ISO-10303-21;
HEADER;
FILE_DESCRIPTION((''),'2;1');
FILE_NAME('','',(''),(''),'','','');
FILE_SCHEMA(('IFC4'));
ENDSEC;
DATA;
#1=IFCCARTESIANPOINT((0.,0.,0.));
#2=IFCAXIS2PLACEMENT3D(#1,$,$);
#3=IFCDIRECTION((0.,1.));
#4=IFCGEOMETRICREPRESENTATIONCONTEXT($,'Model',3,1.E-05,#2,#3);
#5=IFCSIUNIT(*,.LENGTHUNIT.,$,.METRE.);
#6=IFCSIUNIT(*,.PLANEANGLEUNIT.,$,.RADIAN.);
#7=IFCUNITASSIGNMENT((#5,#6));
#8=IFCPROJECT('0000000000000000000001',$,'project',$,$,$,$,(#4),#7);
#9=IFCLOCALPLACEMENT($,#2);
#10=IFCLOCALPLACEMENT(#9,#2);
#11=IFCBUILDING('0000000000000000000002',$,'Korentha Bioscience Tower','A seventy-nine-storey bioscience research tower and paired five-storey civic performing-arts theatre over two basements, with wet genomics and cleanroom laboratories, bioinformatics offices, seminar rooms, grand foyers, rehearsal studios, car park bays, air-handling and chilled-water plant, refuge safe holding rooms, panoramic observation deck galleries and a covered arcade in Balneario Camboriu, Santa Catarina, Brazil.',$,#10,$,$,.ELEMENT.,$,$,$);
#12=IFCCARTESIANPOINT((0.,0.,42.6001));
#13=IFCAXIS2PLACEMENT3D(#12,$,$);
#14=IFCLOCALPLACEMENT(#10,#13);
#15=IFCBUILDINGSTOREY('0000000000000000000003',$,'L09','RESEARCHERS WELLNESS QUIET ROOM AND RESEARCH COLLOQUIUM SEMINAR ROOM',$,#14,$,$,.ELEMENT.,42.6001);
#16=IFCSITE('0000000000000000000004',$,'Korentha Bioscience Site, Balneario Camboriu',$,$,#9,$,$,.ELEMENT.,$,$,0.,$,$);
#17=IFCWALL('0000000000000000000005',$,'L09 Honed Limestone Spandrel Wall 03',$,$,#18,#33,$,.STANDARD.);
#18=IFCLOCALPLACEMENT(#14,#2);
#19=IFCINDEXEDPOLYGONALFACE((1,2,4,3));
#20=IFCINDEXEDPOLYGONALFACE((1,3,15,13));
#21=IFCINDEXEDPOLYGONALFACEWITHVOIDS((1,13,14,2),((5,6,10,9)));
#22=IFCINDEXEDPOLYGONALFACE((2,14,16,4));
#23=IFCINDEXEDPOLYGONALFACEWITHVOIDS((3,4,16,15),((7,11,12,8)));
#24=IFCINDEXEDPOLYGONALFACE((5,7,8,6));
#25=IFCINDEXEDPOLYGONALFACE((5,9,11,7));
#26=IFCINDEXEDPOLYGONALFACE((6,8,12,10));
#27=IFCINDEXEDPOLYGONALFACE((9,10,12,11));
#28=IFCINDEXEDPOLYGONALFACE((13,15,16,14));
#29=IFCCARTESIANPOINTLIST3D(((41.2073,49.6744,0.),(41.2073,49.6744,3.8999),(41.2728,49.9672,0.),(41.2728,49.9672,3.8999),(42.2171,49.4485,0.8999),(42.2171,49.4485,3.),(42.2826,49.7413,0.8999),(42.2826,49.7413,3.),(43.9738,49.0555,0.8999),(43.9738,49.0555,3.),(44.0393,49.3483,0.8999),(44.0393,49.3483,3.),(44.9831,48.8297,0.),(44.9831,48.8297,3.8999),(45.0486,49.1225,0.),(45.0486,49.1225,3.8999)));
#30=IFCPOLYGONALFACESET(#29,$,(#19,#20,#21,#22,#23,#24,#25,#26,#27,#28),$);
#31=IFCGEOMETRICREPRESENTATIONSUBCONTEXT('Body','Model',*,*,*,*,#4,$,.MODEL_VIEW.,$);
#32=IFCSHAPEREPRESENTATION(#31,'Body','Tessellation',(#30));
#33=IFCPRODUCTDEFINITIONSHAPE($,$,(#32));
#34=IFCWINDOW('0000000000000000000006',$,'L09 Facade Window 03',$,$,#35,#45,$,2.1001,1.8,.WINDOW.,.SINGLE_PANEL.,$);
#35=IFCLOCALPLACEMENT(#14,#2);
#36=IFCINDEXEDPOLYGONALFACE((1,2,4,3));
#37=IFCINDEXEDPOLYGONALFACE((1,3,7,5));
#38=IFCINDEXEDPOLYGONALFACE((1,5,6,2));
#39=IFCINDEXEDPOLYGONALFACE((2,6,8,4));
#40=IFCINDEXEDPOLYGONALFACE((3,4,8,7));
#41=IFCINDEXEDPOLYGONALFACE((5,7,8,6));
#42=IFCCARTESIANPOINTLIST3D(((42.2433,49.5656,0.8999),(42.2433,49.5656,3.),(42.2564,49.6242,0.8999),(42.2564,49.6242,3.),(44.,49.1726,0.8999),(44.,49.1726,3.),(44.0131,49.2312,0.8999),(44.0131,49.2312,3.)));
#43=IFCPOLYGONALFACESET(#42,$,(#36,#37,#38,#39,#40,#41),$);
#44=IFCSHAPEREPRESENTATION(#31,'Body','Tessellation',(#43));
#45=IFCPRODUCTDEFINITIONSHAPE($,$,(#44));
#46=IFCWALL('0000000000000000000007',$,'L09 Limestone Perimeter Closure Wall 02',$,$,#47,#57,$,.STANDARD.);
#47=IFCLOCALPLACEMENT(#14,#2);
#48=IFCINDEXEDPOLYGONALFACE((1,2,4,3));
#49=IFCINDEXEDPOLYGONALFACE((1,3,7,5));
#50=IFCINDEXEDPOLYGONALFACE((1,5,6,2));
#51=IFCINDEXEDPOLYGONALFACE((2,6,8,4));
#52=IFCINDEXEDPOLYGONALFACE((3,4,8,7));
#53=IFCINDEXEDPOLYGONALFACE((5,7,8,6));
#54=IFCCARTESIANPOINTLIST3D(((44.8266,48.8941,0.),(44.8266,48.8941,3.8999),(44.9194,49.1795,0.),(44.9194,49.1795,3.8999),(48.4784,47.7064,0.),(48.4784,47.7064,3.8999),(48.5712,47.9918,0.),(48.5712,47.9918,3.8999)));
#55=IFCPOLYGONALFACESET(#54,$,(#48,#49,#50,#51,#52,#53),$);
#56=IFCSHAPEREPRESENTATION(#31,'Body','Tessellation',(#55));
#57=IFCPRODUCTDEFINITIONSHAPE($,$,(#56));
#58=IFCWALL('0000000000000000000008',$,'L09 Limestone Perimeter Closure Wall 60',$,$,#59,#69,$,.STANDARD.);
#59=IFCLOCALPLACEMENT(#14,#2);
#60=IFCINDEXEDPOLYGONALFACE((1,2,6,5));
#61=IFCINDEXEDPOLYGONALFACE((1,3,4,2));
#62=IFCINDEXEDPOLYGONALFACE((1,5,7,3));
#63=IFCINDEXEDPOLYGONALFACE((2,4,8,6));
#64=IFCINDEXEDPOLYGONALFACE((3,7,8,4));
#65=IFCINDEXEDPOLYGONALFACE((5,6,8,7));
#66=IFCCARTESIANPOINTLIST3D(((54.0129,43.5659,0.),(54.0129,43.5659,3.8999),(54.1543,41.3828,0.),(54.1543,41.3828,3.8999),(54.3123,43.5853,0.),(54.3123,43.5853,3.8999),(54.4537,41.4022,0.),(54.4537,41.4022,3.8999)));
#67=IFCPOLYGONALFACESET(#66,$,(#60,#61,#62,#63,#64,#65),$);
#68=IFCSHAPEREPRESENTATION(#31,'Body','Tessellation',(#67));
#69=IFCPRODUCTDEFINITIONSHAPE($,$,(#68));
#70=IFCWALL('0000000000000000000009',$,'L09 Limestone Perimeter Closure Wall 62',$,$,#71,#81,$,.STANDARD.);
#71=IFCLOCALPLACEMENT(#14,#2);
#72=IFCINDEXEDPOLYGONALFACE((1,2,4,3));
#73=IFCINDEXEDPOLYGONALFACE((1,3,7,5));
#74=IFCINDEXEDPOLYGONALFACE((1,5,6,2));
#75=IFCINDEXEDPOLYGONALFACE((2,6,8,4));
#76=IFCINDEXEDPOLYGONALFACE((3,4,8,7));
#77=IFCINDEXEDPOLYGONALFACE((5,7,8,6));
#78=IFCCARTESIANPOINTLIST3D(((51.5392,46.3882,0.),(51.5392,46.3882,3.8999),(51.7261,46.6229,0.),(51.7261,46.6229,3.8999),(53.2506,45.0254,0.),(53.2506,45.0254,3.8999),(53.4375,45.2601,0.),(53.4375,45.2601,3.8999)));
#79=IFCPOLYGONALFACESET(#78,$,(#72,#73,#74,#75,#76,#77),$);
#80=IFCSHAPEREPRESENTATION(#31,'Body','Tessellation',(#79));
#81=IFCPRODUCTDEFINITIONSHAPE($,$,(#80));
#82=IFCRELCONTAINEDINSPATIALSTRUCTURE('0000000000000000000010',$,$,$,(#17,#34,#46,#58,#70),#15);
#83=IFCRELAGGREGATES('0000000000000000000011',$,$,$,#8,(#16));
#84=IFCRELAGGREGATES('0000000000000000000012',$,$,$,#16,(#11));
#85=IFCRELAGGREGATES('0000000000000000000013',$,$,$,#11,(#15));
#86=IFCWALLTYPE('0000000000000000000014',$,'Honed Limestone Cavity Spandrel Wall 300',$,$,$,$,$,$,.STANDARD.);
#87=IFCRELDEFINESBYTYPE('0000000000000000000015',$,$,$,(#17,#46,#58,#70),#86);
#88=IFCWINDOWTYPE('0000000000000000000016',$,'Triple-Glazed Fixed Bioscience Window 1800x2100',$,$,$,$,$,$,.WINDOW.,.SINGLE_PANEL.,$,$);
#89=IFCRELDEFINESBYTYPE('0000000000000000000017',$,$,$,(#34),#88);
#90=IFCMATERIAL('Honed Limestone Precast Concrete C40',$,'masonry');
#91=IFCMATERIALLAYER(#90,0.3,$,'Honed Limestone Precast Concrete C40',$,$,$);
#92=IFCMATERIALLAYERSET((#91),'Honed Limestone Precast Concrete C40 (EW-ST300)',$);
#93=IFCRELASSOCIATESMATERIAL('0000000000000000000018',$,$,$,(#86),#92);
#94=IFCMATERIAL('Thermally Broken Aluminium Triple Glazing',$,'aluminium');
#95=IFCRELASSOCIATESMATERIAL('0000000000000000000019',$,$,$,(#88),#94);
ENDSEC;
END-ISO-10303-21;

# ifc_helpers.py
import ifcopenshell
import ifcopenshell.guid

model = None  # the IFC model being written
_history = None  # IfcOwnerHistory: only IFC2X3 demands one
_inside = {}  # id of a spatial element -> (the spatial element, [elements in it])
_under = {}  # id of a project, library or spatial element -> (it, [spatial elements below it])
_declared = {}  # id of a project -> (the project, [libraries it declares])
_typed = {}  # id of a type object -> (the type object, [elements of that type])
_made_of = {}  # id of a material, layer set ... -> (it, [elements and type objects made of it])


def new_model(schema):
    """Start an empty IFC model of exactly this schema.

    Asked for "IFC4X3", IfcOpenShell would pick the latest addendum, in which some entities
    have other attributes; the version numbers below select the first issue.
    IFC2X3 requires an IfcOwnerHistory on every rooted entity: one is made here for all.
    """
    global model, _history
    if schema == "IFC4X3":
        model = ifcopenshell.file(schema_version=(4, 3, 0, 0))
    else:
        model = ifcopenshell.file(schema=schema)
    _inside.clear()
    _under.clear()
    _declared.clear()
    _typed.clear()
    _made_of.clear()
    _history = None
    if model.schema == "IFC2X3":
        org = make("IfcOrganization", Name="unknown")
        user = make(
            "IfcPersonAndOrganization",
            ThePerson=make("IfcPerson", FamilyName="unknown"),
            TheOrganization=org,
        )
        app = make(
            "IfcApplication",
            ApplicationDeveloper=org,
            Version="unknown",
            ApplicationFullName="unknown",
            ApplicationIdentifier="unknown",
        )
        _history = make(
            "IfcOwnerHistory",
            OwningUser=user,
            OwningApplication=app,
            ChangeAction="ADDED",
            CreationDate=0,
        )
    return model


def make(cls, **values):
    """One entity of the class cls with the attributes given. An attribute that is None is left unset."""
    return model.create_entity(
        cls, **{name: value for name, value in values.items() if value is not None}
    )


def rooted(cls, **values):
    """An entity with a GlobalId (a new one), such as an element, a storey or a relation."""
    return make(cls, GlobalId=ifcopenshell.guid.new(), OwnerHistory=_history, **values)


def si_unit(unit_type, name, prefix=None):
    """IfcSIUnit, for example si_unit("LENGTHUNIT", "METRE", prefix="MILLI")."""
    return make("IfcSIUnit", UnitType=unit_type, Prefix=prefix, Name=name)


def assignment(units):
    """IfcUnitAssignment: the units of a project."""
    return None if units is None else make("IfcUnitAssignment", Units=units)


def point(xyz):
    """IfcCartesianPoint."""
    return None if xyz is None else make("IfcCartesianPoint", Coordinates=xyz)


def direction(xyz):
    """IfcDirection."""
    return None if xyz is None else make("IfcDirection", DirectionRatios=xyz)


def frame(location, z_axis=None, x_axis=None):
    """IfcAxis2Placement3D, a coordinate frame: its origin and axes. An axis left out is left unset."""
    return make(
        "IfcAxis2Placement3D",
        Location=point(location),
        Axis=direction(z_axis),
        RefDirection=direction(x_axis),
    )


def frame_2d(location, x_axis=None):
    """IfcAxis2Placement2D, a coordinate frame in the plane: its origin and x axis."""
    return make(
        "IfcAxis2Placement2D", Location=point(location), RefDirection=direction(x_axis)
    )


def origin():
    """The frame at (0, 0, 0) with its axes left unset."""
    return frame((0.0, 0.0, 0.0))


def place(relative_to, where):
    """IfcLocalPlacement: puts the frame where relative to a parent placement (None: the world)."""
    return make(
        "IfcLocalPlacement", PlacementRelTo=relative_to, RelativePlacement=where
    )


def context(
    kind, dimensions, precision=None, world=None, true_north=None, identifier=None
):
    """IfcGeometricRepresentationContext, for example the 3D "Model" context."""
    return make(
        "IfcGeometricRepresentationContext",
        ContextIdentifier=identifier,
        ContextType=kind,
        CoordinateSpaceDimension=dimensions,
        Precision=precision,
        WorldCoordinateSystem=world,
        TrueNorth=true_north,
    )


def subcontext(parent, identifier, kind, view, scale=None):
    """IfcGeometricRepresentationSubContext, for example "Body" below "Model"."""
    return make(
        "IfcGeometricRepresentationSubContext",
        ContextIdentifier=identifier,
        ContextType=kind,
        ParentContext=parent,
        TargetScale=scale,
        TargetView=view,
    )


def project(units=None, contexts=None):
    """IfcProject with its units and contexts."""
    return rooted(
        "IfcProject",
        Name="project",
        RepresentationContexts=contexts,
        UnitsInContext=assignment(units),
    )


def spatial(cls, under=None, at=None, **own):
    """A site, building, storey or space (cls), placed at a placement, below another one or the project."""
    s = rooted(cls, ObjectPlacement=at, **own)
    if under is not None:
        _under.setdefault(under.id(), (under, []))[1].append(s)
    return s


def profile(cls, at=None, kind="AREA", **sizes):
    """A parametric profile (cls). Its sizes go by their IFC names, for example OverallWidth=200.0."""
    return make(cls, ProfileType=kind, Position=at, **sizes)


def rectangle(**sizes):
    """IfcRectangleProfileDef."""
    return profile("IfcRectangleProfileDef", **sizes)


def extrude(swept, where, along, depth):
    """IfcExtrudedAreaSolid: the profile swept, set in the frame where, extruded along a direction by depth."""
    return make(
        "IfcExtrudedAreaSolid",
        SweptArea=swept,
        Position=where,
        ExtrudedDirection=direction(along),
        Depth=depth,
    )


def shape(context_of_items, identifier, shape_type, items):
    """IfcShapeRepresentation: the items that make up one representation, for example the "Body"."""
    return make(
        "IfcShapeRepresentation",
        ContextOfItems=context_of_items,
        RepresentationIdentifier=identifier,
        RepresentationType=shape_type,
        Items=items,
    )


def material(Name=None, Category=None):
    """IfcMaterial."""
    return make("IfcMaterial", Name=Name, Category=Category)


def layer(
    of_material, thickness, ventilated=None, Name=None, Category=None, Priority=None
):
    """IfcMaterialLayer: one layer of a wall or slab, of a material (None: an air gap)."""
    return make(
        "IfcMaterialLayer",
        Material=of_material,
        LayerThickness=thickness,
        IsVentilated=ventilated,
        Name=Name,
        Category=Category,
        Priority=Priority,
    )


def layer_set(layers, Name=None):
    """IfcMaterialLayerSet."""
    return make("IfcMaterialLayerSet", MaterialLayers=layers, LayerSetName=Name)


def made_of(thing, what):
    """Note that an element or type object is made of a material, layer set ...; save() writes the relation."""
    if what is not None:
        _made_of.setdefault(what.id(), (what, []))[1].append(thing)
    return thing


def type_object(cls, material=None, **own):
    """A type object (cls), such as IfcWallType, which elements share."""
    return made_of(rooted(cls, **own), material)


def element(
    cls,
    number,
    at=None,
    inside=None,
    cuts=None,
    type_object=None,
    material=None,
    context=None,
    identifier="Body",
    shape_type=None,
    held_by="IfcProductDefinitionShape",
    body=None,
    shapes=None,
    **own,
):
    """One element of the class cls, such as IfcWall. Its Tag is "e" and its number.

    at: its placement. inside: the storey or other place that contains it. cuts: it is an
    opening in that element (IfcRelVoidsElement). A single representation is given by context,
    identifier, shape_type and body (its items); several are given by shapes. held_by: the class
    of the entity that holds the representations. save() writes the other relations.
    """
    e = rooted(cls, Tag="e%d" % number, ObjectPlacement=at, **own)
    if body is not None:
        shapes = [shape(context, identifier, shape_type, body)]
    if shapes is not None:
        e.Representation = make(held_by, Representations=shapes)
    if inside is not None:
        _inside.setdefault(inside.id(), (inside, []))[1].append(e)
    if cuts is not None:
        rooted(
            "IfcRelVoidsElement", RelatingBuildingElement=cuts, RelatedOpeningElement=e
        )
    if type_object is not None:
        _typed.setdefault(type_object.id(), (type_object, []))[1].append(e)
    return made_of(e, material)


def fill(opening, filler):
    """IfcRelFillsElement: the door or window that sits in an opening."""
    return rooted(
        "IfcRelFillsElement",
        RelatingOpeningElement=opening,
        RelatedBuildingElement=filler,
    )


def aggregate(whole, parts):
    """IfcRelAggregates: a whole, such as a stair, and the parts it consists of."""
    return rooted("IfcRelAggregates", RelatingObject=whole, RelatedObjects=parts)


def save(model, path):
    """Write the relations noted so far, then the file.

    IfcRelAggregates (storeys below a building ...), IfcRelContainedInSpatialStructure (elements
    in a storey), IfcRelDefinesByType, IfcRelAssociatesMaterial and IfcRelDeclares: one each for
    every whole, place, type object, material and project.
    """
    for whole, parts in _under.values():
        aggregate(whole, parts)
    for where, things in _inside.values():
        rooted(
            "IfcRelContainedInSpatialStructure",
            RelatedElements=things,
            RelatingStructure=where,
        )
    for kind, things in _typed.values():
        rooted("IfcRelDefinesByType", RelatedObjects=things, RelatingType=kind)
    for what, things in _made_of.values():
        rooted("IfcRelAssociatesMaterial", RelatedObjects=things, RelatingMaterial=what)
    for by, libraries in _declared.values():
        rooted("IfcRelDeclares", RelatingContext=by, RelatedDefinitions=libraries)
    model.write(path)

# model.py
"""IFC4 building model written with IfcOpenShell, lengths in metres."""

from ifc_helpers import new_model, si_unit, direction, frame, frame_2d, origin, place, context, subcontext, project, spatial, rectangle, extrude, material, layer, layer_set, type_object, element, fill, save


model = new_model("IFC4")

# Units and contexts
model_context = context("Model", 3, precision=1e-05, world=origin(), true_north=direction((0.0, 1.0)))
body_context = subcontext(model_context, "Body", "Model", "MODEL_VIEW")
ifc_project = project(units=[si_unit("LENGTHUNIT", "METRE"), si_unit("PLANEANGLEUNIT", "RADIAN")], contexts=[model_context])

# Site, building, storey
site_placement = place(None, origin())
site = spatial("IfcSite", under=ifc_project, at=site_placement, Name="Korentha Bioscience Site, Balneario Camboriu", CompositionType="ELEMENT", RefElevation=0.0)
building_placement = place(site_placement, origin())
building = spatial("IfcBuilding", under=site, at=building_placement, Name="Korentha Bioscience Tower", Description="A seventy-nine-storey bioscience research tower and paired five-storey civic performing-arts theatre over two basements, with wet genomics and cleanroom laboratories, bioinformatics offices, seminar rooms, grand foyers, rehearsal studios, car park bays, air-handling and chilled-water plant, refuge safe holding rooms, panoramic observation deck galleries and a covered arcade in Balneario Camboriu, Santa Catarina, Brazil.", CompositionType="ELEMENT")
storey_placement = place(building_placement, frame((0.0, 0.0, 42.6001)))
storey = spatial("IfcBuildingStorey", under=building, at=storey_placement, Name="L09", Description="RESEARCHERS WELLNESS QUIET ROOM AND RESEARCH COLLOQUIUM SEMINAR ROOM", CompositionType="ELEMENT", Elevation=42.6001)

# Wall, opening, window
ifc_material_1 = material(Name="Honed Limestone Precast Concrete C40", Category="masonry")
ifc_layer_1 = layer(ifc_material_1, 0.3, Name="Honed Limestone Precast Concrete C40")
ifc_layer_set_1 = layer_set([ifc_layer_1], Name="Honed Limestone Precast Concrete C40 (EW-ST300)")
wall_type_1 = type_object("IfcWallType", Name="Honed Limestone Cavity Spandrel Wall 300", PredefinedType="STANDARD", material=ifc_layer_set_1)
wall_1_placement = place(storey_placement, frame((45.0159, 48.9761, 0.0), z_axis=(0.0, 0.0, 1.0), x_axis=(-0.975877, 0.21832, 0.0)))
wall_1 = element("IfcWall", 1, at=wall_1_placement, inside=storey, type_object=wall_type_1, Name="L09 Honed Limestone Spandrel Wall 03", PredefinedType="STANDARD", context=body_context, shape_type="SweptSolid", body=[
    extrude(rectangle(XDim=3.8691, YDim=0.3, at=frame_2d((1.9346, 0.0))), origin(), (0.0, 0.0, 1.0), 3.8999),
])
opening_placement = place(wall_1_placement, frame((1.0344, 0.0, 0.8999)))
opening = element("IfcOpeningElement", 2, at=opening_placement, cuts=wall_1, PredefinedType="OPENING", context=body_context, shape_type="SweptSolid", body=[
    extrude(rectangle(XDim=1.8, YDim=2.1001, at=frame_2d((0.8999, 1.05))), frame((0.0, 0.165, 0.0), z_axis=(0.0, -1.0, 0.0), x_axis=(1.0, 0.0, 0.0)), (0.0, 0.0, 1.0), 0.3298),
])
ifc_material_2 = material(Name="Thermally Broken Aluminium Triple Glazing", Category="aluminium")
window_type = type_object("IfcWindowType", Name="Triple-Glazed Fixed Bioscience Window 1800x2100", PartitioningType="SINGLE_PANEL", PredefinedType="WINDOW", material=ifc_material_2)
window_placement = place(opening_placement, origin())
window = element("IfcWindow", 3, at=window_placement, inside=storey, type_object=window_type, Name="L09 Facade Window 03", OverallHeight=2.1001, OverallWidth=1.8, PartitioningType="SINGLE_PANEL", PredefinedType="WINDOW", context=body_context, shape_type="SweptSolid", body=[
    extrude(rectangle(XDim=1.8, YDim=2.1001, at=frame_2d((0.8999, 1.05))), frame((0.0, 0.03, 0.0), z_axis=(0.0, -1.0, 0.0), x_axis=(1.0, 0.0, 0.0)), (0.0, 0.0, 1.0), 0.0601),
])
fill(opening, window)

# Walls
wall_2_placement = place(storey_placement, frame((48.5247, 47.8491, 0.0), z_axis=(0.0, 0.0, 1.0), x_axis=(-0.950966, 0.309296, 0.0)))
element("IfcWall", 4, at=wall_2_placement, inside=storey, type_object=wall_type_1, Name="L09 Limestone Perimeter Closure Wall 02", PredefinedType="STANDARD", context=body_context, shape_type="SweptSolid", body=[
    extrude(rectangle(XDim=3.8401, YDim=0.3, at=frame_2d((1.9199, 0.0))), origin(), (0.0, 0.0, 1.0), 3.8999),
])
for number, where, z_axis, x_axis, name in (
    (5, (54.304, 41.3926, 0.0), (0.0, 0.0, 1.0), (-0.064615, 0.99791, 0.0), "L09 Limestone Perimeter Closure Wall 60"),
    (6, (53.344, 45.1428, 0.0), (0.0, 0.0, 1.0), (-0.782282, 0.622924, 0.0), "L09 Limestone Perimeter Closure Wall 62"),
):
    element("IfcWall", number, at=place(storey_placement, frame(where, z_axis=z_axis, x_axis=x_axis)), inside=storey, type_object=wall_type_1, Name=name, PredefinedType="STANDARD", context=body_context, shape_type="SweptSolid", body=[
        extrude(rectangle(XDim=2.1877, YDim=0.3, at=frame_2d((1.0938, 0.0))), origin(), (0.0, 0.0, 1.0), 3.8999),
    ])

save(model, "model.ifc")
